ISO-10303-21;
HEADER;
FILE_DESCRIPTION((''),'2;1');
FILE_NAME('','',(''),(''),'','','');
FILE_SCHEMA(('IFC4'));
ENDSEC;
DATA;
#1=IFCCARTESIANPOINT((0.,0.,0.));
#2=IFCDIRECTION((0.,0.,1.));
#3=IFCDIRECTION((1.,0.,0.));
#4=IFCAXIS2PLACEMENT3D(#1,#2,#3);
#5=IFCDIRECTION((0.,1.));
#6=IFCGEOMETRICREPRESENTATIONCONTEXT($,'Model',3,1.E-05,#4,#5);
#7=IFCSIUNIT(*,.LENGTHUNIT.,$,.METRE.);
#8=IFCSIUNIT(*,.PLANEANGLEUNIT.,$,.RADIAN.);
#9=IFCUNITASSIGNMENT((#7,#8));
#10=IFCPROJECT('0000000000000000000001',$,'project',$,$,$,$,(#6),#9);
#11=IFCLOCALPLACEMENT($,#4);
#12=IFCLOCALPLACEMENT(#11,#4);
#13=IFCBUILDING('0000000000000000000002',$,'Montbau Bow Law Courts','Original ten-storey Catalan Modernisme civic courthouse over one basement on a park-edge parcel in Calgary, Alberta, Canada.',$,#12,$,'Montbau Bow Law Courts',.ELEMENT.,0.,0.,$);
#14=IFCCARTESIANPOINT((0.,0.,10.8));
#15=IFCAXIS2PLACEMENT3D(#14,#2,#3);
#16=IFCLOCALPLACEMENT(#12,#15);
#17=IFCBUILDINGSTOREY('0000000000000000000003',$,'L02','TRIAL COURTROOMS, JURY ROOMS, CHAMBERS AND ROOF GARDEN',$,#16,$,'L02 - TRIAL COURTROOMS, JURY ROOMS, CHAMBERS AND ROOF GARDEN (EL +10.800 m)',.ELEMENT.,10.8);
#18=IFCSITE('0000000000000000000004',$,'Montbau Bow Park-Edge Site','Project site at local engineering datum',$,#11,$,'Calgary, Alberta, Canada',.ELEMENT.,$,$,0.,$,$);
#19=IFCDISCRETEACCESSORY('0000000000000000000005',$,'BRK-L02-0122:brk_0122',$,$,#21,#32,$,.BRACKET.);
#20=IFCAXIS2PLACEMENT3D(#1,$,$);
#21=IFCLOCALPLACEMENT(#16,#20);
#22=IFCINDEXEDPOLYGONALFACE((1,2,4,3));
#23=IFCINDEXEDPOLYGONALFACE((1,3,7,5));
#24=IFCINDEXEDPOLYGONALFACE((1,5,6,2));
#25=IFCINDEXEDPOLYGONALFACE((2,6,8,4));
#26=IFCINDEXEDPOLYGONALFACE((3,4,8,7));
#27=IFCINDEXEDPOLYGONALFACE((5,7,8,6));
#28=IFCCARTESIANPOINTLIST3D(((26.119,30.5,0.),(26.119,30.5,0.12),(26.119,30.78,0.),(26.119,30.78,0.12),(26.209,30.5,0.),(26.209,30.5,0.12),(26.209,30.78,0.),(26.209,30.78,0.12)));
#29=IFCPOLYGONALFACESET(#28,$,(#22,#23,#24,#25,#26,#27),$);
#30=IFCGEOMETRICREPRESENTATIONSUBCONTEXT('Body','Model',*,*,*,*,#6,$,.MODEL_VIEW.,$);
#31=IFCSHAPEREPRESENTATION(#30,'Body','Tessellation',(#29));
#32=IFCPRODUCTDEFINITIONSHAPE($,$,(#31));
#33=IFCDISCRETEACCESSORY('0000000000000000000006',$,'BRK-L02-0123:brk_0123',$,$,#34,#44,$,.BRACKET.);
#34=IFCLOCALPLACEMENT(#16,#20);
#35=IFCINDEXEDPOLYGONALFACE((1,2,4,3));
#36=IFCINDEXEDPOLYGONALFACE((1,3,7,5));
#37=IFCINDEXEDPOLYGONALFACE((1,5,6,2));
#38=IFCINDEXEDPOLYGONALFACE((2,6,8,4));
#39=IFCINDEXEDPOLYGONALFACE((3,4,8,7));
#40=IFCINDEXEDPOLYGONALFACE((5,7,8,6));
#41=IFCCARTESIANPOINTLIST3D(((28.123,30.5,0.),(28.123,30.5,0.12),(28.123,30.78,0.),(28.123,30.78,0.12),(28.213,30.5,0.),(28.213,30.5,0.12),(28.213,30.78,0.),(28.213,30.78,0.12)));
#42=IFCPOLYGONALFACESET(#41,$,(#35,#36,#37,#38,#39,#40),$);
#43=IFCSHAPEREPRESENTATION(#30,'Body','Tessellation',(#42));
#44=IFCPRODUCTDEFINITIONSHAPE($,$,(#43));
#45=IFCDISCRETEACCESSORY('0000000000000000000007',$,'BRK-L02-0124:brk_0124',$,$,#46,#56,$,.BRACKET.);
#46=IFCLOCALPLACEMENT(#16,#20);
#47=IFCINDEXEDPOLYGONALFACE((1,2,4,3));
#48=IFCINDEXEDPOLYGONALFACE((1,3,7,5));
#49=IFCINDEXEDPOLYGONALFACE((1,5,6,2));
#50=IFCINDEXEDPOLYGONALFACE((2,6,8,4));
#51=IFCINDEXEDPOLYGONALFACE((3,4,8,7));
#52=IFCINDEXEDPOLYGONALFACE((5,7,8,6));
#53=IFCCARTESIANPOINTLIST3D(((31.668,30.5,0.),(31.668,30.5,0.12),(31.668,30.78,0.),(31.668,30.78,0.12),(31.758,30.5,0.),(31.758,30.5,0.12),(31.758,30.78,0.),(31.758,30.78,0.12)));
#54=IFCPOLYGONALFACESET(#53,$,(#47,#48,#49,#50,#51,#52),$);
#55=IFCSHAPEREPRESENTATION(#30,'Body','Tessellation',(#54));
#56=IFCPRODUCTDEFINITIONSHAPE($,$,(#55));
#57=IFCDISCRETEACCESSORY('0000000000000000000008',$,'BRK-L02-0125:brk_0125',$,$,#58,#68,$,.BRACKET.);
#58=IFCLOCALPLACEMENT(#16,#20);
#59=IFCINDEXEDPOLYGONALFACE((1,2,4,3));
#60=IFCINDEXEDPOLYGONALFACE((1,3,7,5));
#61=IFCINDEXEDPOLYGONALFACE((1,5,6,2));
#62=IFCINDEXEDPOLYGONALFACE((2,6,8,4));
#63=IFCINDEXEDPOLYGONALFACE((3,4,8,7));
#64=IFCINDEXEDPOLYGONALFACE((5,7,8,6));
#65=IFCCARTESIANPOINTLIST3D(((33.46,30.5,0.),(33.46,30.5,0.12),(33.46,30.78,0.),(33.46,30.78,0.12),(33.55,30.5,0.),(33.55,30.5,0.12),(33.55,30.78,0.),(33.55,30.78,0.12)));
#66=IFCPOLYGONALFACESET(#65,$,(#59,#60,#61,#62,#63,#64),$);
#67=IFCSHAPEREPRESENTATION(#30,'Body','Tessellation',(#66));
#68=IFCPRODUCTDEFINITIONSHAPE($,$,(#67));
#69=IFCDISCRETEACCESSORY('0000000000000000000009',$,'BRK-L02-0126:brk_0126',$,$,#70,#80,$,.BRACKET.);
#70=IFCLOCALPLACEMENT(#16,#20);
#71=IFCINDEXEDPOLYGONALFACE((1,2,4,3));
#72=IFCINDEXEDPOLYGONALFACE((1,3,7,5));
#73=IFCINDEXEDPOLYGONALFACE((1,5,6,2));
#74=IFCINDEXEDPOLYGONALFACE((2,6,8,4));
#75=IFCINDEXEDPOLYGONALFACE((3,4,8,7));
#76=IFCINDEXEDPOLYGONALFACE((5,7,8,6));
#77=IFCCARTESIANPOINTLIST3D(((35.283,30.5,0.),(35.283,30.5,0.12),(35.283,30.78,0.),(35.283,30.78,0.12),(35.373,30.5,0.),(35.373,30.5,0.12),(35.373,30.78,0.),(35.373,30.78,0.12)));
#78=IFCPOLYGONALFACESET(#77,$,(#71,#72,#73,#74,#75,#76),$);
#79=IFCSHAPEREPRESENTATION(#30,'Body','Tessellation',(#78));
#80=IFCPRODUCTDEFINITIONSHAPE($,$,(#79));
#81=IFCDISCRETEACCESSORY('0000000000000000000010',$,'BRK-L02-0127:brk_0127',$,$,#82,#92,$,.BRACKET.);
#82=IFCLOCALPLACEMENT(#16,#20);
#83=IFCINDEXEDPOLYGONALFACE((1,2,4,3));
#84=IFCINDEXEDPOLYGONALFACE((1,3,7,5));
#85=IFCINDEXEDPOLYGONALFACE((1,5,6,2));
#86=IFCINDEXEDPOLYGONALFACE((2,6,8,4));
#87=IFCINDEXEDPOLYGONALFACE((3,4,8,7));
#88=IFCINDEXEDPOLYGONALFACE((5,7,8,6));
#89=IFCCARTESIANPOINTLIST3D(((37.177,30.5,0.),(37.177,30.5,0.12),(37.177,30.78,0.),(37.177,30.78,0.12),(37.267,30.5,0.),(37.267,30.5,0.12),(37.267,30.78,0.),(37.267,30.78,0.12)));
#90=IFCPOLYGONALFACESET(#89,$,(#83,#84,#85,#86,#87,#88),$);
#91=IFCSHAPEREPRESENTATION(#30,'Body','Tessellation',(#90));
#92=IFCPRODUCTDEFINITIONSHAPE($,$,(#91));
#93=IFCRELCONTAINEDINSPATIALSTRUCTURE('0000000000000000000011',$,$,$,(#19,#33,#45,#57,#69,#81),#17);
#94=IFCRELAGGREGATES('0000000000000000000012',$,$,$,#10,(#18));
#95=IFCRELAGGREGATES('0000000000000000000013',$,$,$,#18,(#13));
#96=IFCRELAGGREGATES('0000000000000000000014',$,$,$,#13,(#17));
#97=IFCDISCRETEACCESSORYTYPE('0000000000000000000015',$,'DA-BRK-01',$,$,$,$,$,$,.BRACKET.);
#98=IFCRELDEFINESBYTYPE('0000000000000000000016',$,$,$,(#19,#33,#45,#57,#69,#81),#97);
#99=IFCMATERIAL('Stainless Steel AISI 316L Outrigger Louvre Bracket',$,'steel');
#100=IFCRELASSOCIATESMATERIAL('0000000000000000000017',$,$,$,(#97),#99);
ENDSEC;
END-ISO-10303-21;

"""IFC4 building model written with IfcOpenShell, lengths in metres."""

from ifc_helpers import new_model, si_unit, direction, frame, origin_with_axes, origin_2d_with_axis, place, context, subcontext, project, spatial, rectangle, extrude, material, type_object, element, save


model = new_model("IFC4")

# Units and contexts
model_context = context("Model", 3, precision=1e-05, world=origin_with_axes(), true_north=direction((0.0, 1.0)))
body_context = subcontext(model_context, "Body", "Model", "MODEL_VIEW")
ifc_project = project(units=[si_unit("LENGTHUNIT", "METRE"), si_unit("PLANEANGLEUNIT", "RADIAN")], contexts=[model_context])

# Site, building, storey
site_placement = place(None, origin_with_axes())
site = spatial("IfcSite", under=ifc_project, at=site_placement, Name="Montbau Bow Park-Edge Site", Description="Project site at local engineering datum", LongName="Calgary, Alberta, Canada", CompositionType="ELEMENT", RefElevation=0.0)
building_placement = place(site_placement, origin_with_axes())
building = spatial("IfcBuilding", under=site, at=building_placement, Name="Montbau Bow Law Courts", Description="Original ten-storey Catalan Modernisme civic courthouse over one basement on a park-edge parcel in Calgary, Alberta, Canada.", LongName="Montbau Bow Law Courts", CompositionType="ELEMENT", ElevationOfRefHeight=0.0, ElevationOfTerrain=0.0)
storey_placement = place(building_placement, frame((0.0, 0.0, 10.8), z_axis=(0.0, 0.0, 1.0), x_axis=(1.0, 0.0, 0.0)))
storey = spatial("IfcBuildingStorey", under=building, at=storey_placement, Name="L02", Description="TRIAL COURTROOMS, JURY ROOMS, CHAMBERS AND ROOF GARDEN", LongName="L02 - TRIAL COURTROOMS, JURY ROOMS, CHAMBERS AND ROOF GARDEN (EL +10.800 m)", CompositionType="ELEMENT", Elevation=10.8)

# Discrete accessories
ifc_material_1 = material(Name="Stainless Steel AISI 316L Outrigger Louvre Bracket", Category="steel")
discrete_accessory_type = type_object("IfcDiscreteAccessoryType", Name="DA-BRK-01", PredefinedType="BRACKET", material=ifc_material_1)
for number, where, z_axis, x_axis, name in (
    (1, (26.164, 30.64, 10.8), (0.0, 0.0, 1.0), (0.0, -1.0, 0.0), "BRK-L02-0122:brk_0122"),
    (2, (28.168, 30.64, 10.8), (0.0, 0.0, 1.0), (0.0, -1.0, 0.0), "BRK-L02-0123:brk_0123"),
    (3, (31.713, 30.64, 10.8), (0.0, 0.0, 1.0), (0.0, -1.0, 0.0), "BRK-L02-0124:brk_0124"),
    (4, (33.505, 30.64, 10.8), (0.0, 0.0, 1.0), (0.0, -1.0, 0.0), "BRK-L02-0125:brk_0125"),
    (5, (35.328, 30.64, 10.8), (0.0, 0.0, 1.0), (0.0, -1.0, 0.0), "BRK-L02-0126:brk_0126"),
    (6, (37.222, 30.64, 10.8), (0.0, 0.0, 1.0), (0.0, -1.0, 0.0), "BRK-L02-0127:brk_0127"),
):
    element("IfcDiscreteAccessory", number, at=place(None, frame(where, z_axis=z_axis, x_axis=x_axis)), inside=storey, type_object=discrete_accessory_type, Name=name, PredefinedType="BRACKET", context=body_context, shape_type="SweptSolid", body=[
        extrude(rectangle(XDim=0.28, YDim=0.09, at=origin_2d_with_axis()), origin_with_axes(), (0.0, 0.0, 1.0), 0.12),
    ])

save(model, "model.ifc")
